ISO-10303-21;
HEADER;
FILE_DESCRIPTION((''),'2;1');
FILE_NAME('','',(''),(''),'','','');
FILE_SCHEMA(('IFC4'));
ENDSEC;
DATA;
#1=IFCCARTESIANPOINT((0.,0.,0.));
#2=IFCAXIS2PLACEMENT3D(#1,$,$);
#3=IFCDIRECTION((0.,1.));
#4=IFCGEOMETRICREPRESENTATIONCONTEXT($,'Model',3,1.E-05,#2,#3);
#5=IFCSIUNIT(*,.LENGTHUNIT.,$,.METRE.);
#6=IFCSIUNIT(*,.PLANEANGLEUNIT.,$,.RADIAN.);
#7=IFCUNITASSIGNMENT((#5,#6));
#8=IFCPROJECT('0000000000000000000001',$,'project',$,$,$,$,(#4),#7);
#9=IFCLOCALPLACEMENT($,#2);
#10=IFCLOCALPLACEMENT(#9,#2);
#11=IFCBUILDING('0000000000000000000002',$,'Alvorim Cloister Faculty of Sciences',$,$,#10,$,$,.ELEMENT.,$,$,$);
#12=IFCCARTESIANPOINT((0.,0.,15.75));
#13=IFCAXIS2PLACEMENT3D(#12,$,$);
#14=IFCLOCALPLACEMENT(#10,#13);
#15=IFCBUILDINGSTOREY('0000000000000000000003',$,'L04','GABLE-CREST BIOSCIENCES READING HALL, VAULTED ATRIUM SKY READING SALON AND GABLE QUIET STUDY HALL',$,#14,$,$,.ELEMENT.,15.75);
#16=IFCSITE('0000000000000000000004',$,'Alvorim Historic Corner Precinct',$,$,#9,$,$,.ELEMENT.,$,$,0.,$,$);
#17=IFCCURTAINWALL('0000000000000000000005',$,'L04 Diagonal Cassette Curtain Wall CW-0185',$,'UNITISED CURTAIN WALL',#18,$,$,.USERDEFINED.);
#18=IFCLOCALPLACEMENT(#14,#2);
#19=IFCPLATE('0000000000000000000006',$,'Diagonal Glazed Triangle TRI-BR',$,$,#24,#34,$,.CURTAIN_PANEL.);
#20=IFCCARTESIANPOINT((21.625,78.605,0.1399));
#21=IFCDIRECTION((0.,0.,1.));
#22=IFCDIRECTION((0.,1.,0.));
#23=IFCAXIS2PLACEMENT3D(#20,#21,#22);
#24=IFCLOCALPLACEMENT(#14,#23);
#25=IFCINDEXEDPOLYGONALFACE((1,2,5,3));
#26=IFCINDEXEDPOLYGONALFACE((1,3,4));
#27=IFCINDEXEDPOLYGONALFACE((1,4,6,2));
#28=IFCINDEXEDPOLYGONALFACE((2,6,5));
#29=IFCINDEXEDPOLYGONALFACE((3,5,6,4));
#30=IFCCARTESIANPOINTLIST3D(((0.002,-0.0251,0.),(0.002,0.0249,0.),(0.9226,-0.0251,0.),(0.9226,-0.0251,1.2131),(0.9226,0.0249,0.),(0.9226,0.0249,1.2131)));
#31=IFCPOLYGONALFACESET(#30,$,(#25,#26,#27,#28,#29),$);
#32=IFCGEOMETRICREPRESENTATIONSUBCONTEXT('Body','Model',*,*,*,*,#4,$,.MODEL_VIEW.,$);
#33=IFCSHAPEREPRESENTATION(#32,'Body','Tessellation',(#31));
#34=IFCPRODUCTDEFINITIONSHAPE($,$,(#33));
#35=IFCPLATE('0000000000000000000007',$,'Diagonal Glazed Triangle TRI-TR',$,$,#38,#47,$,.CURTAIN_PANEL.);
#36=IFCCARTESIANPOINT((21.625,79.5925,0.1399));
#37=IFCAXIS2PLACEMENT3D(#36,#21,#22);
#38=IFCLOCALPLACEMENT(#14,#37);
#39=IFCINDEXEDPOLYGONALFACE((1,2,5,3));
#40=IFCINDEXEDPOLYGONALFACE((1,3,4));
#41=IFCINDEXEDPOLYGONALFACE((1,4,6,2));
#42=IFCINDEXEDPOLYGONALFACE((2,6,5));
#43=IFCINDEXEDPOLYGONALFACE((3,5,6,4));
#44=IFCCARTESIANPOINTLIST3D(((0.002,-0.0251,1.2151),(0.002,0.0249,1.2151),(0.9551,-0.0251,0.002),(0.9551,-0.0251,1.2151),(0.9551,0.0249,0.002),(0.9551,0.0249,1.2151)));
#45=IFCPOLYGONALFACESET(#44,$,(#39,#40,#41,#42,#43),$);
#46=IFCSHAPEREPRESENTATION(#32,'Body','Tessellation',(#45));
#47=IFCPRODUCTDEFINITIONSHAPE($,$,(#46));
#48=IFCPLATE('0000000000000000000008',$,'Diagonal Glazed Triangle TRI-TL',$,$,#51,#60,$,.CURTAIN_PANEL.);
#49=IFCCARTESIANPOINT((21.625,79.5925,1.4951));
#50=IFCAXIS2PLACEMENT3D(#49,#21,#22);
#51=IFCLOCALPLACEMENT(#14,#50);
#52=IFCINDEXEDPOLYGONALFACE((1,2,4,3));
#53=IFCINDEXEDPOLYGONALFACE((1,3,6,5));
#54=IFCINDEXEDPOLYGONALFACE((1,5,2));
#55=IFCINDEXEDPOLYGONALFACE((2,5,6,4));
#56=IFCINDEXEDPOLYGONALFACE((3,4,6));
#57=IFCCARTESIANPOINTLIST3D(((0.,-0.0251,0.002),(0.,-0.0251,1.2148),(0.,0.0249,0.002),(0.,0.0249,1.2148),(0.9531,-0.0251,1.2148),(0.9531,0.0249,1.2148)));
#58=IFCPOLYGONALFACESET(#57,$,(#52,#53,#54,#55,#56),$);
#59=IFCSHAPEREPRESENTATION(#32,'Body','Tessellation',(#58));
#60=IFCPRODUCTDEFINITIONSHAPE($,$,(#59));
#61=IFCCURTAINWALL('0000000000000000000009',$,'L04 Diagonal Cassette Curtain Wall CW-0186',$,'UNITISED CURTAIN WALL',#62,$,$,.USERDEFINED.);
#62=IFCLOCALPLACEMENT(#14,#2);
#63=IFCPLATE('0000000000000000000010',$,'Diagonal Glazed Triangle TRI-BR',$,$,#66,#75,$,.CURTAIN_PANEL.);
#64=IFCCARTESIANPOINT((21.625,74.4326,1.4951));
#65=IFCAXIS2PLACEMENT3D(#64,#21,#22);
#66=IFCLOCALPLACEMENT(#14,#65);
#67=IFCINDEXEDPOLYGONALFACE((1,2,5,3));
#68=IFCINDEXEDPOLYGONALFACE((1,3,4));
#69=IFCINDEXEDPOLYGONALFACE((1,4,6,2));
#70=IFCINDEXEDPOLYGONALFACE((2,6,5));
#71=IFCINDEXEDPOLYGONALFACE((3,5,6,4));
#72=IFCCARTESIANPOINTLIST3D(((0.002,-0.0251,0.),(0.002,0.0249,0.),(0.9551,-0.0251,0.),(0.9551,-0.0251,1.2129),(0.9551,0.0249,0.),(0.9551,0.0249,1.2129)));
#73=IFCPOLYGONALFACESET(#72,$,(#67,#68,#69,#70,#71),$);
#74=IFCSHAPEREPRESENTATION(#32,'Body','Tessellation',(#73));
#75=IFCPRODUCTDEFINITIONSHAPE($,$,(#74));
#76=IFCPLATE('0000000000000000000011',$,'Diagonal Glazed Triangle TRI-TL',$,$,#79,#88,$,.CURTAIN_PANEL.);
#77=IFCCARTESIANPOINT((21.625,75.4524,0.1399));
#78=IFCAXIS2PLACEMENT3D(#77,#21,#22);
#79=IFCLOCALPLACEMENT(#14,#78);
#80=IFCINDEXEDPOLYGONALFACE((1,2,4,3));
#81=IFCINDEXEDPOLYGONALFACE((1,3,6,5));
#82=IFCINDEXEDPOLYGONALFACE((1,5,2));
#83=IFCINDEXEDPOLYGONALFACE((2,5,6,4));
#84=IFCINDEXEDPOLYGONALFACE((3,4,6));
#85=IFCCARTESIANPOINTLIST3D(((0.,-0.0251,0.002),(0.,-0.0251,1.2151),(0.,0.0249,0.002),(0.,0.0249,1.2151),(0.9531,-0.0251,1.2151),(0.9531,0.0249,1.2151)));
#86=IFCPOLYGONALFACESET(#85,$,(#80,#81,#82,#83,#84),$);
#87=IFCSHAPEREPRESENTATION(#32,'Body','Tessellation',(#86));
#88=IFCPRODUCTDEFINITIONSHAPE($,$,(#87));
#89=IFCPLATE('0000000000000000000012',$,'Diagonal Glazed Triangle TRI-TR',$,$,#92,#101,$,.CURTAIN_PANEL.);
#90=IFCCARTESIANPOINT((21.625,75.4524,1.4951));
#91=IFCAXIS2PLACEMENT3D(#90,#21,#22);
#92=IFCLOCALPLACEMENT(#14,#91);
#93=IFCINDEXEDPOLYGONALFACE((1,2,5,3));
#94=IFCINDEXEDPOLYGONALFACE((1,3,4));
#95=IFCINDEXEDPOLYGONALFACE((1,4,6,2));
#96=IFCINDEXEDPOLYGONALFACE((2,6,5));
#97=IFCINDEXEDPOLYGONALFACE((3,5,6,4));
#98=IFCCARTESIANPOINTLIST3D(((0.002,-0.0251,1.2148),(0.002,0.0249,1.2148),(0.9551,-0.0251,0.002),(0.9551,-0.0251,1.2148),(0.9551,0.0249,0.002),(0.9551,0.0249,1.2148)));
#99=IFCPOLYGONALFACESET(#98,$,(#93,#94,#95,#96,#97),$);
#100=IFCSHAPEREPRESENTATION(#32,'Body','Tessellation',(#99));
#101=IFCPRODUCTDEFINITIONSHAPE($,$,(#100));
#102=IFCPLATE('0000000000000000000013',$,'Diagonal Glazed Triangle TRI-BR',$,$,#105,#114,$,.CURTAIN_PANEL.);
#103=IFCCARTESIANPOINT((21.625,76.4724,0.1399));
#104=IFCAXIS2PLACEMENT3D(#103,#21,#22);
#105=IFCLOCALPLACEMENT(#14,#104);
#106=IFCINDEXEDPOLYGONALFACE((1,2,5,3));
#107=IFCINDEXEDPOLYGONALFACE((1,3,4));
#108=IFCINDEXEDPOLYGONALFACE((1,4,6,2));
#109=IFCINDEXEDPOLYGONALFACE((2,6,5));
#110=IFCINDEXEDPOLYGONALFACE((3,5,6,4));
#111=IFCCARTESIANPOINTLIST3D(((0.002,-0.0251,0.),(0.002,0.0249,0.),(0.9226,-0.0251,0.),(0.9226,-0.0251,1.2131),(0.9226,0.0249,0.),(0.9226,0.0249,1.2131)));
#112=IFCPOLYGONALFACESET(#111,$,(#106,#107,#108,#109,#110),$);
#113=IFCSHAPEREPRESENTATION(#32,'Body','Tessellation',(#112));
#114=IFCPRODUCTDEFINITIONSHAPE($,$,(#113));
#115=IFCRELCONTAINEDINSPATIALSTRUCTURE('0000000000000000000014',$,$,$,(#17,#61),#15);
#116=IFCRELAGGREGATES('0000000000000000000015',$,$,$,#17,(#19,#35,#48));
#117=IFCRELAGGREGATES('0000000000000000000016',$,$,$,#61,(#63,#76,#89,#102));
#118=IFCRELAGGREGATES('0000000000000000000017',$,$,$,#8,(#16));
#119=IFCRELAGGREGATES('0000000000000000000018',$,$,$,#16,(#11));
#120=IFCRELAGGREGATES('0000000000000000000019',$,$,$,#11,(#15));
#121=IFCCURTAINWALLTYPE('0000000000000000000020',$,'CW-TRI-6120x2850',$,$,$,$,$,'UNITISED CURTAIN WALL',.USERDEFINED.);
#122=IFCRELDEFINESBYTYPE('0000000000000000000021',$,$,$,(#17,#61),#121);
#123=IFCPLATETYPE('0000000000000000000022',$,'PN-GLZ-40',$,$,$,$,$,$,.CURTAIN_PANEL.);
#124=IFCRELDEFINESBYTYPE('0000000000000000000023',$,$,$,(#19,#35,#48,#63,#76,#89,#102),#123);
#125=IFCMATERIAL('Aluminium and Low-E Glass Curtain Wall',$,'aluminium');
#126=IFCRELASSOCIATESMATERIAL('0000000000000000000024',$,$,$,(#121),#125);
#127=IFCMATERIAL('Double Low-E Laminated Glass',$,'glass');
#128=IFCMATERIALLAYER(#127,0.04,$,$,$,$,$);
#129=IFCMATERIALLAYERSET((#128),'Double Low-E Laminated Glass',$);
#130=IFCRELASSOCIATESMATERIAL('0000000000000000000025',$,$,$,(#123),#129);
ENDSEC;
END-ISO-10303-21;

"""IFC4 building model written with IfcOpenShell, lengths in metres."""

from ifc_helpers import new_model, si_unit, direction, frame, origin, place, context, subcontext, project, spatial, polyline, outline, extrude, material, layer, layer_set, type_object, element, aggregate, save


model = new_model("IFC4")

# Units and contexts
model_context = context("Model", 3, precision=1e-05, world=origin(), true_north=direction((0.0, 1.0)))
body_context = subcontext(model_context, "Body", "Model", "MODEL_VIEW")
ifc_project = project(units=[si_unit("LENGTHUNIT", "METRE"), si_unit("PLANEANGLEUNIT", "RADIAN")], contexts=[model_context])

# Site, building, storey
site_placement = place(None, origin())
site = spatial("IfcSite", under=ifc_project, at=site_placement, Name="Alvorim Historic Corner Precinct", CompositionType="ELEMENT", RefElevation=0.0)
building_placement = place(site_placement, origin())
building = spatial("IfcBuilding", under=site, at=building_placement, Name="Alvorim Cloister Faculty of Sciences", CompositionType="ELEMENT")
storey_placement = place(building_placement, frame((0.0, 0.0, 15.75)))
storey = spatial("IfcBuildingStorey", under=building, at=storey_placement, Name="L04", Description="GABLE-CREST BIOSCIENCES READING HALL, VAULTED ATRIUM SKY READING SALON AND GABLE QUIET STUDY HALL", CompositionType="ELEMENT", Elevation=15.75)

# Curtain walls, plates
ifc_material_1 = material(Name="Aluminium and Low-E Glass Curtain Wall", Category="aluminium")
curtain_wall_type = type_object("IfcCurtainWallType", Name="CW-TRI-6120x2850", ElementType="UNITISED CURTAIN WALL", PredefinedType="USERDEFINED", material=ifc_material_1)
curtain_wall_1_placement = place(storey_placement, origin())
curtain_wall_1 = element("IfcCurtainWall", 1, at=curtain_wall_1_placement, inside=storey, type_object=curtain_wall_type, Name="L04 Diagonal Cassette Curtain Wall CW-0185", ObjectType="UNITISED CURTAIN WALL", PredefinedType="USERDEFINED")
ifc_material_2 = material(Name="Double Low-E Laminated Glass", Category="glass")
ifc_layer_1 = layer(ifc_material_2, 0.04)
ifc_layer_set_1 = layer_set([ifc_layer_1], Name="Double Low-E Laminated Glass")
plate_type = type_object("IfcPlateType", Name="PN-GLZ-40", PredefinedType="CURTAIN_PANEL", material=ifc_layer_set_1)
plate_1_placement = place(storey_placement, frame((21.625, 78.605, 0.1399), z_axis=(0.0, 0.0, 1.0), x_axis=(0.0, 1.0, 0.0)))
plate_1 = element("IfcPlate", 2, at=plate_1_placement, type_object=plate_type, Name="Diagonal Glazed Triangle TRI-BR", PredefinedType="CURTAIN_PANEL", context=body_context, shape_type="SweptSolid", body=[
    extrude(outline(polyline([(0.002, 0.0), (0.9226, 0.0), (0.9226, 1.2131), (0.002, 0.0)])), frame((0.0, 0.0249, 0.0), z_axis=(0.0, -1.0, 0.0), x_axis=(1.0, 0.0, 0.0)), (0.0, 0.0, 1.0), 0.05),
])
plate_2_placement = place(storey_placement, frame((21.625, 79.5925, 0.1399), z_axis=(0.0, 0.0, 1.0), x_axis=(0.0, 1.0, 0.0)))
plate_2 = element("IfcPlate", 3, at=plate_2_placement, type_object=plate_type, Name="Diagonal Glazed Triangle TRI-TR", PredefinedType="CURTAIN_PANEL", context=body_context, shape_type="SweptSolid", body=[
    extrude(outline(polyline([(0.9551, 0.002), (0.9551, 1.2151), (0.002, 1.2151), (0.9551, 0.002)])), frame((0.0, 0.0249, 0.0), z_axis=(0.0, -1.0, 0.0), x_axis=(1.0, 0.0, 0.0)), (0.0, 0.0, 1.0), 0.05),
])
plate_3_placement = place(storey_placement, frame((21.625, 79.5925, 1.4951), z_axis=(0.0, 0.0, 1.0), x_axis=(0.0, 1.0, 0.0)))
plate_3 = element("IfcPlate", 4, at=plate_3_placement, type_object=plate_type, Name="Diagonal Glazed Triangle TRI-TL", PredefinedType="CURTAIN_PANEL", context=body_context, shape_type="SweptSolid", body=[
    extrude(outline(polyline([(0.9531, 1.2148), (0.0, 1.2148), (0.0, 0.002), (0.9531, 1.2148)])), frame((0.0, 0.0249, 0.0), z_axis=(0.0, -1.0, 0.0), x_axis=(1.0, 0.0, 0.0)), (0.0, 0.0, 1.0), 0.05),
])
aggregate(curtain_wall_1, [plate_1, plate_2, plate_3])
curtain_wall_2_placement = place(storey_placement, origin())
curtain_wall_2 = element("IfcCurtainWall", 5, at=curtain_wall_2_placement, inside=storey, type_object=curtain_wall_type, Name="L04 Diagonal Cassette Curtain Wall CW-0186", ObjectType="UNITISED CURTAIN WALL", PredefinedType="USERDEFINED")
plate_4_placement = place(storey_placement, frame((21.625, 74.4326, 1.4951), z_axis=(0.0, 0.0, 1.0), x_axis=(0.0, 1.0, 0.0)))
plate_4 = element("IfcPlate", 6, at=plate_4_placement, type_object=plate_type, Name="Diagonal Glazed Triangle TRI-BR", PredefinedType="CURTAIN_PANEL", context=body_context, shape_type="SweptSolid", body=[
    extrude(outline(polyline([(0.002, 0.0), (0.9551, 0.0), (0.9551, 1.2129), (0.002, 0.0)])), frame((0.0, 0.0249, 0.0), z_axis=(0.0, -1.0, 0.0), x_axis=(1.0, 0.0, 0.0)), (0.0, 0.0, 1.0), 0.05),
])
plate_5_placement = place(storey_placement, frame((21.625, 75.4524, 0.1399), z_axis=(0.0, 0.0, 1.0), x_axis=(0.0, 1.0, 0.0)))
plate_5 = element("IfcPlate", 7, at=plate_5_placement, type_object=plate_type, Name="Diagonal Glazed Triangle TRI-TL", PredefinedType="CURTAIN_PANEL", context=body_context, shape_type="SweptSolid", body=[
    extrude(outline(polyline([(0.9531, 1.2151), (0.0, 1.2151), (0.0, 0.002), (0.9531, 1.2151)])), frame((0.0, 0.0249, 0.0), z_axis=(0.0, -1.0, 0.0), x_axis=(1.0, 0.0, 0.0)), (0.0, 0.0, 1.0), 0.05),
])
plate_6_placement = place(storey_placement, frame((21.625, 75.4524, 1.4951), z_axis=(0.0, 0.0, 1.0), x_axis=(0.0, 1.0, 0.0)))
plate_6 = element("IfcPlate", 8, at=plate_6_placement, type_object=plate_type, Name="Diagonal Glazed Triangle TRI-TR", PredefinedType="CURTAIN_PANEL", context=body_context, shape_type="SweptSolid", body=[
    extrude(outline(polyline([(0.9551, 0.002), (0.9551, 1.2148), (0.002, 1.2148), (0.9551, 0.002)])), frame((0.0, 0.0249, 0.0), z_axis=(0.0, -1.0, 0.0), x_axis=(1.0, 0.0, 0.0)), (0.0, 0.0, 1.0), 0.05),
])
plate_7_placement = place(storey_placement, frame((21.625, 76.4724, 0.1399), z_axis=(0.0, 0.0, 1.0), x_axis=(0.0, 1.0, 0.0)))
plate_7 = element("IfcPlate", 9, at=plate_7_placement, type_object=plate_type, Name="Diagonal Glazed Triangle TRI-BR", PredefinedType="CURTAIN_PANEL", context=body_context, shape_type="SweptSolid", body=[
    extrude(outline(polyline([(0.002, 0.0), (0.9226, 0.0), (0.9226, 1.2131), (0.002, 0.0)])), frame((0.0, 0.0249, 0.0), z_axis=(0.0, -1.0, 0.0), x_axis=(1.0, 0.0, 0.0)), (0.0, 0.0, 1.0), 0.05),
])
aggregate(curtain_wall_2, [plate_4, plate_5, plate_6, plate_7])

save(model, "model.ifc")
